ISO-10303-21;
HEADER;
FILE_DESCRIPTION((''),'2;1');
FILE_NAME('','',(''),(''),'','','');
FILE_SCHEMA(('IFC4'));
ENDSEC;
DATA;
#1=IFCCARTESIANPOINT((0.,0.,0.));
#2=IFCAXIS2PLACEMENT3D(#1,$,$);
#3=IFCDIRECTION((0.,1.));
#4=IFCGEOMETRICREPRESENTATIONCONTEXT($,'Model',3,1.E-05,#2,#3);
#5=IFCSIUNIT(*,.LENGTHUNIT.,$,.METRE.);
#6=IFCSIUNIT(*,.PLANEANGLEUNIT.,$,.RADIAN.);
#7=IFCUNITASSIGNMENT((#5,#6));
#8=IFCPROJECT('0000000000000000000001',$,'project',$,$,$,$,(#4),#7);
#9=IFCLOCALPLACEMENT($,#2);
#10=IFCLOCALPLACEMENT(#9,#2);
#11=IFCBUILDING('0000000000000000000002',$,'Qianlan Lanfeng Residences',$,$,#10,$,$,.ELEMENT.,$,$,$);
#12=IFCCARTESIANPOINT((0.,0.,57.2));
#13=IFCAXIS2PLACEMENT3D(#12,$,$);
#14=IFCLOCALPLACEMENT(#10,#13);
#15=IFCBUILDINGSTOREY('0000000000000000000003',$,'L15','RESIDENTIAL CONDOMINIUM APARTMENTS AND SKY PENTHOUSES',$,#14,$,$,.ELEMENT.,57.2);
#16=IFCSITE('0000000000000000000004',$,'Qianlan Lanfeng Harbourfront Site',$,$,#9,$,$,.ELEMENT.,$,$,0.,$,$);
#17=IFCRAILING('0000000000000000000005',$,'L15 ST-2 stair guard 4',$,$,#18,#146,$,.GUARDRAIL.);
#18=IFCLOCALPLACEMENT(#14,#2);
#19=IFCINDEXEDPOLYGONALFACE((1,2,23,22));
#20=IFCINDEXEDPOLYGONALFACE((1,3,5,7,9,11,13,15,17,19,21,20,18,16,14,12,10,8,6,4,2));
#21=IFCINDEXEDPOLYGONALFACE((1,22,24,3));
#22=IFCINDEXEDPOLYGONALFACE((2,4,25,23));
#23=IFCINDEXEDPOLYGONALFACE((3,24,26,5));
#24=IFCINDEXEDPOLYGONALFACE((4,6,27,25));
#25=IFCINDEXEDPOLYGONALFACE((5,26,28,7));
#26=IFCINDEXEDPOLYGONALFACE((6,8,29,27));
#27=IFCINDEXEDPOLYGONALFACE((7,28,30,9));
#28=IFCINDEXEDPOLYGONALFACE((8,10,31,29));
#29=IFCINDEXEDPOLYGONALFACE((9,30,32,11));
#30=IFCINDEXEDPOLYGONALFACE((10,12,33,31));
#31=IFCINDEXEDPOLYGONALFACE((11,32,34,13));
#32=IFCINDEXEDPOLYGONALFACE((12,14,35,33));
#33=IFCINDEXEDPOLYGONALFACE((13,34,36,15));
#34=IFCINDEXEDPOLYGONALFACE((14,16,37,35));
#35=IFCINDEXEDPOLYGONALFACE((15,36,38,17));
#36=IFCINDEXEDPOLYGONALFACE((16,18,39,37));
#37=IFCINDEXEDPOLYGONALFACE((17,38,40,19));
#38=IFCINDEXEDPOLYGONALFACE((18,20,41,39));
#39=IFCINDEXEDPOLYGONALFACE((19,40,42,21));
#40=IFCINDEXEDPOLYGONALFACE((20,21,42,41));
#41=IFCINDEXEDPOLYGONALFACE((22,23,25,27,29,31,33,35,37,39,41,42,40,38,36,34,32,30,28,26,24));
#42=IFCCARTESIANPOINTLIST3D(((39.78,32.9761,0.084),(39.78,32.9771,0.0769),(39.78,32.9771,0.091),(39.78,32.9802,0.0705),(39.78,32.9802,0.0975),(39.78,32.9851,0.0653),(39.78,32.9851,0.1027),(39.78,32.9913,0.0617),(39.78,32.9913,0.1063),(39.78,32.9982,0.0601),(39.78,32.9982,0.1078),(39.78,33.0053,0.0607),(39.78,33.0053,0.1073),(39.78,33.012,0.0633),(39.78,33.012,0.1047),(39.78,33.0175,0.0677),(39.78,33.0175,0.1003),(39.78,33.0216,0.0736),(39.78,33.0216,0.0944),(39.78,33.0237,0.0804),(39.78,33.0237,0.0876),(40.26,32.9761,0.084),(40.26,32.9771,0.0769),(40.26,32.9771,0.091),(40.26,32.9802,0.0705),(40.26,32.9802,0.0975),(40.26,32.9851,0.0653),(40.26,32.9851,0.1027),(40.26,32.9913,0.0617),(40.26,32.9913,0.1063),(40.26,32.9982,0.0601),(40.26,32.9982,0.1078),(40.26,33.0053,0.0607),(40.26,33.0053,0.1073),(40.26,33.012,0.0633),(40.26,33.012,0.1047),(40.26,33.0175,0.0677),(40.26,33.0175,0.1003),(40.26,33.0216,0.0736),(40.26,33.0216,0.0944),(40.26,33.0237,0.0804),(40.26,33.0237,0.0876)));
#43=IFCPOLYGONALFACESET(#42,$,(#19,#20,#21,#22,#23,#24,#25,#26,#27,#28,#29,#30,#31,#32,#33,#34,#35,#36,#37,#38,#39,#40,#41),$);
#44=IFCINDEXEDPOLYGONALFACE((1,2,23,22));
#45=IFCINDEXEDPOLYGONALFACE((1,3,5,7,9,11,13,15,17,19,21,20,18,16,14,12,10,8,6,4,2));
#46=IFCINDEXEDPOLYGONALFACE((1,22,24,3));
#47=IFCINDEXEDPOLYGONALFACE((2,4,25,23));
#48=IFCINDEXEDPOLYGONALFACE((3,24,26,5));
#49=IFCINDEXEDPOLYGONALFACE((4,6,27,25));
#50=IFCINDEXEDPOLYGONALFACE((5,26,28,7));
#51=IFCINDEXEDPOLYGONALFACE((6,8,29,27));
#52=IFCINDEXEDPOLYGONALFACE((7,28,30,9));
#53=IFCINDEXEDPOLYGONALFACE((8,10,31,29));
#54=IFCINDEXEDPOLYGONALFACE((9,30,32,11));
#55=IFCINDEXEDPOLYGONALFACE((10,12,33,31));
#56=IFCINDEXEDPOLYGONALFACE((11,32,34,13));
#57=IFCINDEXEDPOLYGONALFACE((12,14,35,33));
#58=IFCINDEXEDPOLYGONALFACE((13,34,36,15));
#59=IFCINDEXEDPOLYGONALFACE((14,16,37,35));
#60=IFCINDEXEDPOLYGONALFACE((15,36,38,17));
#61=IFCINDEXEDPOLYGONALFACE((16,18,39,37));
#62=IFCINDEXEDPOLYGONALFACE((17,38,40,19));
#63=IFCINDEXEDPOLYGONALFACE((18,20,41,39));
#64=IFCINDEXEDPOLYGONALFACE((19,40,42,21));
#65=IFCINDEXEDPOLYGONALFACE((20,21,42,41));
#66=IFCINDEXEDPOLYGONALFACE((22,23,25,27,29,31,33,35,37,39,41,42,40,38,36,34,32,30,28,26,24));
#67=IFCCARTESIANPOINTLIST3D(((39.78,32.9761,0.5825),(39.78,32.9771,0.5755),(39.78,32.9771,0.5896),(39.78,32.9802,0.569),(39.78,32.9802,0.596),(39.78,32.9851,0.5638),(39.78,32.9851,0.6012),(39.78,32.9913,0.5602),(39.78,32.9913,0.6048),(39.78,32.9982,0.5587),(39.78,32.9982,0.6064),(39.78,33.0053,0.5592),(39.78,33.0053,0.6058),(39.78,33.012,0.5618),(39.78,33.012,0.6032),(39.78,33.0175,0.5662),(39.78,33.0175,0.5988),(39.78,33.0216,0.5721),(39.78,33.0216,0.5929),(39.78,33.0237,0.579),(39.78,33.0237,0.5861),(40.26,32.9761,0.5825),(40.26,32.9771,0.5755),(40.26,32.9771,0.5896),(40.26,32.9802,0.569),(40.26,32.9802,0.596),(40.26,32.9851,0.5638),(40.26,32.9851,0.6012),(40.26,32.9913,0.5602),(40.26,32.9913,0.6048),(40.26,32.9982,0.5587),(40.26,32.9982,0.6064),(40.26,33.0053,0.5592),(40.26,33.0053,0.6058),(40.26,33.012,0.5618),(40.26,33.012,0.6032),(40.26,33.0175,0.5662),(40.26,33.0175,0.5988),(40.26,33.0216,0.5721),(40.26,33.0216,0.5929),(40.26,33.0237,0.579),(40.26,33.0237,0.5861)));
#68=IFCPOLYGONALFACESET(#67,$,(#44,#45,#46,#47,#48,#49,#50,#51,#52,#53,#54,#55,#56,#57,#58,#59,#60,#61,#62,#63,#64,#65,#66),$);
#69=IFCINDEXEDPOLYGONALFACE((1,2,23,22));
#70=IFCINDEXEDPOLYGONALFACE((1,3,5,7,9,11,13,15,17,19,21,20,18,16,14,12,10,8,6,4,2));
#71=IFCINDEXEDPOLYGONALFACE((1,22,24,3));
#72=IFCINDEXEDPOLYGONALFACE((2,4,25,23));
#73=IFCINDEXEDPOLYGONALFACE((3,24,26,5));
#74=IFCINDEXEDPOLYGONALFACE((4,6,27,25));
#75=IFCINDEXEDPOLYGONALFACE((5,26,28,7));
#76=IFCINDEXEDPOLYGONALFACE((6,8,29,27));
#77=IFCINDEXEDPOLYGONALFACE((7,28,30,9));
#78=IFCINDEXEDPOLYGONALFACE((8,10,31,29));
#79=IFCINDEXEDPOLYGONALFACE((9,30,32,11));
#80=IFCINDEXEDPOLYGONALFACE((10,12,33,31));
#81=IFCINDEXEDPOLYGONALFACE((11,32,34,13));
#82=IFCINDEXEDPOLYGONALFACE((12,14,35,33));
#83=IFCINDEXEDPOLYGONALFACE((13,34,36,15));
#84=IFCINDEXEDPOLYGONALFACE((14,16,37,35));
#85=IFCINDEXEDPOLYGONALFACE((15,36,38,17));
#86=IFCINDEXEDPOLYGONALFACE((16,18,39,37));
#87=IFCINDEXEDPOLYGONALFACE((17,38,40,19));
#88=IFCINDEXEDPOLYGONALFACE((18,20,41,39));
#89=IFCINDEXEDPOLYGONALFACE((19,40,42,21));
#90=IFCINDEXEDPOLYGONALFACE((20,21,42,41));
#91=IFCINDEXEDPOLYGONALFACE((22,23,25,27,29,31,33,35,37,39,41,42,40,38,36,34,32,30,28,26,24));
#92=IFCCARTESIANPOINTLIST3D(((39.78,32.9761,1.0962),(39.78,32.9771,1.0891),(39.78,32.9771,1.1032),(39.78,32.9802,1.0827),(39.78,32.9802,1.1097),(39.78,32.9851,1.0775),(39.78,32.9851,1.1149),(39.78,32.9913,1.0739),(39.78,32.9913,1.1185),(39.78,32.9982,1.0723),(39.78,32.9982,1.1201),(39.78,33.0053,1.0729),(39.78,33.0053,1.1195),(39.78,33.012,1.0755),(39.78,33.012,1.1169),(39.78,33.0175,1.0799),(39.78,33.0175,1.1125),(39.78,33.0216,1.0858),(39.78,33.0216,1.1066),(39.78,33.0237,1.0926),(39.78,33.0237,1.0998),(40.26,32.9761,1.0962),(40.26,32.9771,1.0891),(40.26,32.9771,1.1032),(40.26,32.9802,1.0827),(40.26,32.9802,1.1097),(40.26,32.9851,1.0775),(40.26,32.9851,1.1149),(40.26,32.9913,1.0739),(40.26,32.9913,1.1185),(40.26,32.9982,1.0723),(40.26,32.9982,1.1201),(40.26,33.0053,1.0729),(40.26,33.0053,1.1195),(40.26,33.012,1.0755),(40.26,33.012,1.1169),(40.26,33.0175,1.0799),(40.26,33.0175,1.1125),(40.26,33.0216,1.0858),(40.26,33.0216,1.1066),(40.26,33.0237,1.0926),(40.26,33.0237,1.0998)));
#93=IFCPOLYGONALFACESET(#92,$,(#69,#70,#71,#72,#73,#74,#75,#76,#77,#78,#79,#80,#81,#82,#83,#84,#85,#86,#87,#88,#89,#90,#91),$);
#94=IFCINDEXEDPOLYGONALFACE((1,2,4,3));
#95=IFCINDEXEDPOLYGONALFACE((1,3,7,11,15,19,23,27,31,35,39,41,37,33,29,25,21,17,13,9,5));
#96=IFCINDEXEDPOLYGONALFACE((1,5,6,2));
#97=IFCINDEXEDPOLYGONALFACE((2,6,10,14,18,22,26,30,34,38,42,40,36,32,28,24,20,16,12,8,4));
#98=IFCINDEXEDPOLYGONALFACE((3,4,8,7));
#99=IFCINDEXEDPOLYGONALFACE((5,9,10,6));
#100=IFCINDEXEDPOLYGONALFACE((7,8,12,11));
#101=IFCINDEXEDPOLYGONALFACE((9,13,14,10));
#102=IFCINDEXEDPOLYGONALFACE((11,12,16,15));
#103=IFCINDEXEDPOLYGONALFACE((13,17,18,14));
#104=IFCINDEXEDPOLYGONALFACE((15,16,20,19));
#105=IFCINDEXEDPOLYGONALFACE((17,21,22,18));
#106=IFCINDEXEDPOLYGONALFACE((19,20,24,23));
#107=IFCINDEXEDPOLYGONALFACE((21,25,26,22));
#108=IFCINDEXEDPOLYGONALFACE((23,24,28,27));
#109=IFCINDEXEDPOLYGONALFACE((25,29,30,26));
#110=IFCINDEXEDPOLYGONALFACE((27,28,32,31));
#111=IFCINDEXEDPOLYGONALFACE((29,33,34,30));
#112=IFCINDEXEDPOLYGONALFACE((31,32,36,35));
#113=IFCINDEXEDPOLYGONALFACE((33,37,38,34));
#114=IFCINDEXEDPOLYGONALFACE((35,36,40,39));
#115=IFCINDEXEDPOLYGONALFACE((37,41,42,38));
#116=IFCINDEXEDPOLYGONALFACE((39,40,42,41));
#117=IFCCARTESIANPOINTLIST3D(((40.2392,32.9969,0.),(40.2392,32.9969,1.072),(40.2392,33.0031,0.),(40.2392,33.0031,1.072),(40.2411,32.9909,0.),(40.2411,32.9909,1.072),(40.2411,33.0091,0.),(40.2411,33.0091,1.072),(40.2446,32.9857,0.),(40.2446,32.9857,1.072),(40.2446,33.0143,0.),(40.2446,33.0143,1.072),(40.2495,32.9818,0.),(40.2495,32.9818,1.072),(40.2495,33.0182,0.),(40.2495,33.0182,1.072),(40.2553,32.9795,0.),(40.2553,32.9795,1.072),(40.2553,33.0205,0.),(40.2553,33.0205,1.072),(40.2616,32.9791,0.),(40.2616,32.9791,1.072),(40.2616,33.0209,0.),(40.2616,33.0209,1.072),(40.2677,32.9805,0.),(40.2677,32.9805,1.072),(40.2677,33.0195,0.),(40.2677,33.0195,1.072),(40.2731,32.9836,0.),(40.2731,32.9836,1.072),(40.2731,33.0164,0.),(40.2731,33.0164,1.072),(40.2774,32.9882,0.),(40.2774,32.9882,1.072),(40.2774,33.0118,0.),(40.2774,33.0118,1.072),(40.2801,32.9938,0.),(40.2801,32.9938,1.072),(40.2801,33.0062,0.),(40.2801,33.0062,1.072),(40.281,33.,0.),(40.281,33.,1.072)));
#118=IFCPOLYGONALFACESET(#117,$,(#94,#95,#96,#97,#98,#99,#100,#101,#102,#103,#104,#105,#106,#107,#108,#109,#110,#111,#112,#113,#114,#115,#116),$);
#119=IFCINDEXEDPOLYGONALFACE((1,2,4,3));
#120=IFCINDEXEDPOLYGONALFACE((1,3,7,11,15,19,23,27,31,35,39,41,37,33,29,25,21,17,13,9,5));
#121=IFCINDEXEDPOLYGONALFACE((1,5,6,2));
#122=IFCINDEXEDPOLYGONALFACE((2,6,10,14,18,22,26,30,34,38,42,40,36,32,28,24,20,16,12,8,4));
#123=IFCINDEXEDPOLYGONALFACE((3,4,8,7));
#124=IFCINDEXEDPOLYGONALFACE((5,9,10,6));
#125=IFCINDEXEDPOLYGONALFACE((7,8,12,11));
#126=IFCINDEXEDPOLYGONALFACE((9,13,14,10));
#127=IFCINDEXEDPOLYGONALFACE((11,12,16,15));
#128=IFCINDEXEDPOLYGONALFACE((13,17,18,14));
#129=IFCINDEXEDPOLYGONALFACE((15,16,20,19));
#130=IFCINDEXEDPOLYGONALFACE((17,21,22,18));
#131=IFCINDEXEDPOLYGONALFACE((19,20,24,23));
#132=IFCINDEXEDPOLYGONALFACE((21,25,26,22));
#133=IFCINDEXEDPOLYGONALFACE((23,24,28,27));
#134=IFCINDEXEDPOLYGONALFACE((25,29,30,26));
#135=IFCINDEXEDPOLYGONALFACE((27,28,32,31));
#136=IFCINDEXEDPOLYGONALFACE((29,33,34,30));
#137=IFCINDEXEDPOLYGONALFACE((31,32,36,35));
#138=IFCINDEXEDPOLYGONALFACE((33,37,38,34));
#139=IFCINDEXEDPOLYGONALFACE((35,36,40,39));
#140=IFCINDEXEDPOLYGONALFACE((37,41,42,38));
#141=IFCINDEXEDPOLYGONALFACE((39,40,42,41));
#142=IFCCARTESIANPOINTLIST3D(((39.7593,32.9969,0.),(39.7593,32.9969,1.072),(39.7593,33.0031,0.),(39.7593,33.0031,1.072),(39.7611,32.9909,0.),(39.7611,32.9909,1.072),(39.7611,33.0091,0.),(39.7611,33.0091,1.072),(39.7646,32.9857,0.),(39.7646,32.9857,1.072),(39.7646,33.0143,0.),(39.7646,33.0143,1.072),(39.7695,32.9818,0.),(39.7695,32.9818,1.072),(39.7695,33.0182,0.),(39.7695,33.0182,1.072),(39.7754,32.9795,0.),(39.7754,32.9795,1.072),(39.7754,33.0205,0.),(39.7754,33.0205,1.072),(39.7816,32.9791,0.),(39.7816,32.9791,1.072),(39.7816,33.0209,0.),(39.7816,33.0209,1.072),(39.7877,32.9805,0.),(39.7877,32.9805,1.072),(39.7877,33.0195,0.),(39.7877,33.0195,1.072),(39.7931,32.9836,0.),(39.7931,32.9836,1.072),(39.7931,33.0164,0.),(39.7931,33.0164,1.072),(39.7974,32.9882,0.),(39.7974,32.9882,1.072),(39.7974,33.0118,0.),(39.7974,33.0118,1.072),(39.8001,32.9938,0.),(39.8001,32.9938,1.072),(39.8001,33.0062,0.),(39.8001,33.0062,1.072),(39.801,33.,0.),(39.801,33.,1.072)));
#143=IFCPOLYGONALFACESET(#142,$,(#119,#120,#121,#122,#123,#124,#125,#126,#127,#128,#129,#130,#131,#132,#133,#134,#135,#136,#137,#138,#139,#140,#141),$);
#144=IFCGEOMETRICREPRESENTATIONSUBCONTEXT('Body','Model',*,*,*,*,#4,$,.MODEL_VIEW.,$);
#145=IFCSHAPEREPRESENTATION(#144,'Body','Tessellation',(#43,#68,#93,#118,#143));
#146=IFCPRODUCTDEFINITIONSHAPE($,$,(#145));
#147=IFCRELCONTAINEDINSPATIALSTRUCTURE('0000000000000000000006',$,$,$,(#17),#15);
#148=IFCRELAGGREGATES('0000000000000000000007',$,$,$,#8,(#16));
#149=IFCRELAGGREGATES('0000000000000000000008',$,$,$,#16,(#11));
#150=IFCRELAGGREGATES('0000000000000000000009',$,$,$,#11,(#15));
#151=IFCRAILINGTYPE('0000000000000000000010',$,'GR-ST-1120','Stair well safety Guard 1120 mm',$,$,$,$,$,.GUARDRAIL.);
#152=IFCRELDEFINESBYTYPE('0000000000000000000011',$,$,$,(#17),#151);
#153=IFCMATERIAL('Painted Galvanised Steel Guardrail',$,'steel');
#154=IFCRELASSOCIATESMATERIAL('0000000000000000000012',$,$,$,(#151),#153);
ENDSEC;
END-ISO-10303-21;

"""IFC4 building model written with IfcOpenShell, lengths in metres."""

from ifc_helpers import new_model, si_unit, direction, frame, origin, origin_2d, place, context, subcontext, project, spatial, circle, extrude, material, type_object, element, save


model = new_model("IFC4")

# Units and contexts
model_context = context("Model", 3, precision=1e-05, world=origin(), true_north=direction((0.0, 1.0)))
body_context = subcontext(model_context, "Body", "Model", "MODEL_VIEW")
ifc_project = project(units=[si_unit("LENGTHUNIT", "METRE"), si_unit("PLANEANGLEUNIT", "RADIAN")], contexts=[model_context])

# Site, building, storey
site_placement = place(None, origin())
site = spatial("IfcSite", under=ifc_project, at=site_placement, Name="Qianlan Lanfeng Harbourfront Site", CompositionType="ELEMENT", RefElevation=0.0)
building_placement = place(site_placement, origin())
building = spatial("IfcBuilding", under=site, at=building_placement, Name="Qianlan Lanfeng Residences", CompositionType="ELEMENT")
storey_placement = place(building_placement, frame((0.0, 0.0, 57.2)))
storey = spatial("IfcBuildingStorey", under=building, at=storey_placement, Name="L15", Description="RESIDENTIAL CONDOMINIUM APARTMENTS AND SKY PENTHOUSES", CompositionType="ELEMENT", Elevation=57.2)

# Railing
ifc_material_1 = material(Name="Painted Galvanised Steel Guardrail", Category="steel")
railing_type_1 = type_object("IfcRailingType", Name="GR-ST-1120", Description="Stair well safety Guard 1120 mm", PredefinedType="GUARDRAIL", material=ifc_material_1)
railing_1_placement = place(storey_placement, frame((40.26, 33.0, 0.0)))
element("IfcRailing", 1, at=railing_1_placement, inside=storey, type_object=railing_type_1, Name="L15 ST-2 stair guard 4", PredefinedType="GUARDRAIL", context=body_context, shape_type="SweptSolid", body=[
    extrude(circle(Radius=0.0239, at=origin_2d()), frame((0.0, 0.0, 0.084), z_axis=(-1.0, 0.0, 0.0), x_axis=(0.0, -1.0, 0.0)), (0.0, 0.0, 1.0), 0.48),
    extrude(circle(Radius=0.0239, at=origin_2d()), frame((0.0, 0.0, 0.5825), z_axis=(-1.0, 0.0, 0.0), x_axis=(0.0, -1.0, 0.0)), (0.0, 0.0, 1.0), 0.48),
    extrude(circle(Radius=0.0239, at=origin_2d()), frame((0.0, 0.0, 1.0962), z_axis=(-1.0, 0.0, 0.0), x_axis=(0.0, -1.0, 0.0)), (0.0, 0.0, 1.0), 0.48),
    extrude(circle(Radius=0.021, at=origin_2d()), origin(), (0.0, 0.0, 1.0), 1.072),
    extrude(circle(Radius=0.021, at=origin_2d()), frame((-0.48, 0.0, 0.0)), (0.0, 0.0, 1.0), 1.072),
])

save(model, "model.ifc")
